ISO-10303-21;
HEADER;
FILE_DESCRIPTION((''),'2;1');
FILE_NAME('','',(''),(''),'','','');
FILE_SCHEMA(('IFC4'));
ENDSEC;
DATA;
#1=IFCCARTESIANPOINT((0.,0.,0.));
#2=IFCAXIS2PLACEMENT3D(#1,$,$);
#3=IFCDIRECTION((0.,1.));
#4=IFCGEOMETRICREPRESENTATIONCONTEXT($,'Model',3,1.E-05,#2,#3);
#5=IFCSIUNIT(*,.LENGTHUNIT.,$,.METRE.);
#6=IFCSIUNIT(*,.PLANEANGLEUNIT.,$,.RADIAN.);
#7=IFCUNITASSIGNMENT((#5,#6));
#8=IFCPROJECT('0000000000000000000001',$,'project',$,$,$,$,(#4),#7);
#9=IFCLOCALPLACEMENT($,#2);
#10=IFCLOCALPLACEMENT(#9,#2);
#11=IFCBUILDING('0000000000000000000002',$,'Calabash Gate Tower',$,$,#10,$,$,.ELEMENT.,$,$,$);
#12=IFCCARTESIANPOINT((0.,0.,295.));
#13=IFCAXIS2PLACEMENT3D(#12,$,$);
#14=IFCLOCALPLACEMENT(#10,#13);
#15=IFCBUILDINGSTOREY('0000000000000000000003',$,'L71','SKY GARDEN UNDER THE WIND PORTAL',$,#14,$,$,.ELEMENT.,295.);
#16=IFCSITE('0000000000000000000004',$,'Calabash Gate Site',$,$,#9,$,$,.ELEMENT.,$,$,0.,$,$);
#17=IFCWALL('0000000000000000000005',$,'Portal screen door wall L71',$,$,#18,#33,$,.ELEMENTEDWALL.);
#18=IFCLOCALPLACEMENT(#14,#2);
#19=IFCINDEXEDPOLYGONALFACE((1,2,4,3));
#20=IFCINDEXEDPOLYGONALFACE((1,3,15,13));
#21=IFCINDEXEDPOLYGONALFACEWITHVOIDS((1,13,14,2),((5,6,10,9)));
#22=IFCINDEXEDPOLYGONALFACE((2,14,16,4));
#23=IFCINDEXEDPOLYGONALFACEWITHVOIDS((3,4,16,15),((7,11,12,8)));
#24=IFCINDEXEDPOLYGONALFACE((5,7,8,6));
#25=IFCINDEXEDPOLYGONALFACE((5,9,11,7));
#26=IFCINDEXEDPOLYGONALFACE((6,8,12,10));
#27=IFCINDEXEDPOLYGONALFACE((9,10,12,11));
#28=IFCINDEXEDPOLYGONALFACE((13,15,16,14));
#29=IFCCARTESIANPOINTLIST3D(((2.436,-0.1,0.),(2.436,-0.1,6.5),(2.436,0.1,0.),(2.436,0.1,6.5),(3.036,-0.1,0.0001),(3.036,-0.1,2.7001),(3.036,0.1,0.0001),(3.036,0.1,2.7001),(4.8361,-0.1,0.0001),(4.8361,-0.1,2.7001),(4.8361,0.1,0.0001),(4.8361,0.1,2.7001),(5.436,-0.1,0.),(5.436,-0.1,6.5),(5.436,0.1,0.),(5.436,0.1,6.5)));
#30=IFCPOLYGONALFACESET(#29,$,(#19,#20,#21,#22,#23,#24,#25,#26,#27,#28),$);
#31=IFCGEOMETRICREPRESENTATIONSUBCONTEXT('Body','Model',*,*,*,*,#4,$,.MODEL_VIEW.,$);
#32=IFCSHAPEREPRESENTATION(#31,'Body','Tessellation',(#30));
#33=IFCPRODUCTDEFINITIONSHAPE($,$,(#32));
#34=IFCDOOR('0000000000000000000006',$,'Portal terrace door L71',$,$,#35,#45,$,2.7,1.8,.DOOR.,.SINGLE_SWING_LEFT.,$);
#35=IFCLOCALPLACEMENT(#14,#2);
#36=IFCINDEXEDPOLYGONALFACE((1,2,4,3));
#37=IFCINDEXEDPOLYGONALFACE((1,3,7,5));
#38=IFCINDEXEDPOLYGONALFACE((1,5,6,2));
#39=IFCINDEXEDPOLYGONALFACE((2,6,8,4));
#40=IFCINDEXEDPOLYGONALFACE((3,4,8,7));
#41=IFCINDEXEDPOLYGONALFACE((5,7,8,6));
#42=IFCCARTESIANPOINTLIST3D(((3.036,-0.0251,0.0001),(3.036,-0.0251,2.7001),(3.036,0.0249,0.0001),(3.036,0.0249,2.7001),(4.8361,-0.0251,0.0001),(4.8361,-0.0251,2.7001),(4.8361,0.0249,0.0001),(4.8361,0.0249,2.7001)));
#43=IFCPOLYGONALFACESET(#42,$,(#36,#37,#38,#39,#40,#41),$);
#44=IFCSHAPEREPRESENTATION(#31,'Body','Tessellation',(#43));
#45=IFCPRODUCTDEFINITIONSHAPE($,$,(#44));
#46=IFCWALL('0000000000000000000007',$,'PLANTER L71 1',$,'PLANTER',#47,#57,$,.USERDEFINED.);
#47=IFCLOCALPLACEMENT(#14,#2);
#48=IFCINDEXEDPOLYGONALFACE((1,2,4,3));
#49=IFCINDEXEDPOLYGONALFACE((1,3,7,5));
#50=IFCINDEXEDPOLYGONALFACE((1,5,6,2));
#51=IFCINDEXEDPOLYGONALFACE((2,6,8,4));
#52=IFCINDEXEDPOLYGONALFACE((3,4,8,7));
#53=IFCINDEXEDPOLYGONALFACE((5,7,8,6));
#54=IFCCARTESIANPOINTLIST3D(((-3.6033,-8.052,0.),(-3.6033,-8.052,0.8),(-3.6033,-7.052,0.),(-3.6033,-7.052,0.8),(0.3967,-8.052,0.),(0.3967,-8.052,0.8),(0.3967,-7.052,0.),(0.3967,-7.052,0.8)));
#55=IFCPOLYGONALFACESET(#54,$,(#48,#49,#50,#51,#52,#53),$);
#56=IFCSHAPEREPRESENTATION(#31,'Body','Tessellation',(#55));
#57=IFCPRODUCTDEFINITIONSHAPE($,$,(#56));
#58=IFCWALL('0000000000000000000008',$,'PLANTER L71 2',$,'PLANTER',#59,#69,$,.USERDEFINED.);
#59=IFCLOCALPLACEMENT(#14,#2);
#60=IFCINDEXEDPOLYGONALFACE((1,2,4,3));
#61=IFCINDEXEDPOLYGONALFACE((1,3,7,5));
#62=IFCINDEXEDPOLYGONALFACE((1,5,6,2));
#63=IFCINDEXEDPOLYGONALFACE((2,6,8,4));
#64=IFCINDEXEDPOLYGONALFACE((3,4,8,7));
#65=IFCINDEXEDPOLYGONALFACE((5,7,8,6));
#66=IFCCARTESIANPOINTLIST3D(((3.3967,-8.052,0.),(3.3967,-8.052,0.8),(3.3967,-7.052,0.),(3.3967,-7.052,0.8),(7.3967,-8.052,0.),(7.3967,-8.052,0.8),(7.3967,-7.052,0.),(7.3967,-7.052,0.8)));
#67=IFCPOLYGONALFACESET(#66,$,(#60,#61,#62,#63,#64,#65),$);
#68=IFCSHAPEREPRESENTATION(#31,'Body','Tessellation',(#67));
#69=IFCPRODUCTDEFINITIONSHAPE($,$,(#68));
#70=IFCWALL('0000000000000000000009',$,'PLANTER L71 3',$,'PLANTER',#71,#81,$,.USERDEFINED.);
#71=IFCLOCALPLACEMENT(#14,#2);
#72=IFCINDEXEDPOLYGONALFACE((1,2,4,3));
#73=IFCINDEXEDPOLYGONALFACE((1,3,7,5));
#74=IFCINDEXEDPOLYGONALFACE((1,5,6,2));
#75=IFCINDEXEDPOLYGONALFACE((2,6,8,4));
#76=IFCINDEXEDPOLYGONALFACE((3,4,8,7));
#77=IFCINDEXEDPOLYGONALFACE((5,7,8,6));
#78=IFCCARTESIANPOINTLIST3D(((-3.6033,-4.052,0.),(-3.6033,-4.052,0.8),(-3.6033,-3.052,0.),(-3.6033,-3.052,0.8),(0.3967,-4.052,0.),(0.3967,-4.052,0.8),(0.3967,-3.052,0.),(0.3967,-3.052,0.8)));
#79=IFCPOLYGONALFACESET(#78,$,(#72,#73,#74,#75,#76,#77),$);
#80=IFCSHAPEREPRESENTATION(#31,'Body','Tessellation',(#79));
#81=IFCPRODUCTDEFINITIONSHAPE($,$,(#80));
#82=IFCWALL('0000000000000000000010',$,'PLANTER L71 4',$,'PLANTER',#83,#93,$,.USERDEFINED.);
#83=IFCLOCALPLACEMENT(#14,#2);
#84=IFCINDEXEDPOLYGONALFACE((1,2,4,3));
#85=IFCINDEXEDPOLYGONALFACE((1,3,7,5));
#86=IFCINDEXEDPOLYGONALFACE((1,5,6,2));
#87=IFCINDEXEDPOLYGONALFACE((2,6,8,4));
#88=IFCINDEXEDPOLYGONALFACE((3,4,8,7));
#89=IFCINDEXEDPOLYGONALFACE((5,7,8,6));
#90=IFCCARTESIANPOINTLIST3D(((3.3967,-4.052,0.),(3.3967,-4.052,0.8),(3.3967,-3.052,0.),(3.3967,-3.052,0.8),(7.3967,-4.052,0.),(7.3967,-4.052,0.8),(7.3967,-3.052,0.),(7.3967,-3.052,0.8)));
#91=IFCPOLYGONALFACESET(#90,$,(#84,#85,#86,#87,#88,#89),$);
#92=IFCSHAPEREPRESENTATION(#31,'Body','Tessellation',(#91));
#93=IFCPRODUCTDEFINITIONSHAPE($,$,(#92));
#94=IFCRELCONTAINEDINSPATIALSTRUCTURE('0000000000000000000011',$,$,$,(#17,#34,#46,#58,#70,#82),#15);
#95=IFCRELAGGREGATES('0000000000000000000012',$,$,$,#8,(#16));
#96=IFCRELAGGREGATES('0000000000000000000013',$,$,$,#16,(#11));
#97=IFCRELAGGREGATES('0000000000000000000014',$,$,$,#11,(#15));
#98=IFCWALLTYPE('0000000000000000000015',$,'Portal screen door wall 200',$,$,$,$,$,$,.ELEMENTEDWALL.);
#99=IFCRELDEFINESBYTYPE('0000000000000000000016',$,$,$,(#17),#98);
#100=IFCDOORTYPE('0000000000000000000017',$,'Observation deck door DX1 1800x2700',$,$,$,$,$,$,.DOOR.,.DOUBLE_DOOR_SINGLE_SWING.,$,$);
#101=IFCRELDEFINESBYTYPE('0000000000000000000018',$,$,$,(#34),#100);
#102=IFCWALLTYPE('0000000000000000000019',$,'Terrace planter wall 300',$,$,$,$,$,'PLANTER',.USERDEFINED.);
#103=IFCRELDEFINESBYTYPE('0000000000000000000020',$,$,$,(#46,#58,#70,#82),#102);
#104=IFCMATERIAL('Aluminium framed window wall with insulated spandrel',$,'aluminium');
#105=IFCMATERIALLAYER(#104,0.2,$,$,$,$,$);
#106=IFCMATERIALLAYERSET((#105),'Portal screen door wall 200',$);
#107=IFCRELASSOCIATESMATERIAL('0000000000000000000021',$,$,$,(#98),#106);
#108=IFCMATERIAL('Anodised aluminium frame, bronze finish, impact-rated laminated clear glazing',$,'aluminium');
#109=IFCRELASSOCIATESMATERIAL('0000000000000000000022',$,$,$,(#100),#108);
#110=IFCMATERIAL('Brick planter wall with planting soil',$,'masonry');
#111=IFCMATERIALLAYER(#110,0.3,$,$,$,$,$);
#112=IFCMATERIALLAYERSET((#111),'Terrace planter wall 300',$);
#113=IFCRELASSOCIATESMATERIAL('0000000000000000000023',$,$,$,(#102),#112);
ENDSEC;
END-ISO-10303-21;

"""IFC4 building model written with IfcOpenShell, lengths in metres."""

from ifc_helpers import new_model, si_unit, direction, frame, frame_2d, origin, place, context, subcontext, project, spatial, polyline, rectangle, outline, extrude, material, layer, layer_set, type_object, element, fill, save


model = new_model("IFC4")

# Units and contexts
model_context = context("Model", 3, precision=1e-05, world=origin(), true_north=direction((0.0, 1.0)))
body_context = subcontext(model_context, "Body", "Model", "MODEL_VIEW")
ifc_project = project(units=[si_unit("LENGTHUNIT", "METRE"), si_unit("PLANEANGLEUNIT", "RADIAN")], contexts=[model_context])

# Site, building, storey
site_placement = place(None, origin())
site = spatial("IfcSite", under=ifc_project, at=site_placement, Name="Calabash Gate Site", CompositionType="ELEMENT", RefElevation=0.0)
building_placement = place(site_placement, origin())
building = spatial("IfcBuilding", under=site, at=building_placement, Name="Calabash Gate Tower", CompositionType="ELEMENT")
storey_placement = place(building_placement, frame((0.0, 0.0, 295.0)))
storey = spatial("IfcBuildingStorey", under=building, at=storey_placement, Name="L71", Description="SKY GARDEN UNDER THE WIND PORTAL", CompositionType="ELEMENT", Elevation=295.0)

# Wall, opening, door
ifc_material_1 = material(Name="Aluminium framed window wall with insulated spandrel", Category="aluminium")
ifc_layer_1 = layer(ifc_material_1, 0.2)
ifc_layer_set_1 = layer_set([ifc_layer_1], Name="Portal screen door wall 200")
wall_type_1 = type_object("IfcWallType", Name="Portal screen door wall 200", PredefinedType="ELEMENTEDWALL", material=ifc_layer_set_1)
wall_1_placement = place(storey_placement, frame((2.436, 0.0, 0.0), z_axis=(0.0, 0.0, 1.0), x_axis=(1.0, 0.0, 0.0)))
wall_1 = element("IfcWall", 1, at=wall_1_placement, inside=storey, type_object=wall_type_1, Name="Portal screen door wall L71", PredefinedType="ELEMENTEDWALL", context=body_context, shape_type="SweptSolid", body=[
    extrude(rectangle(XDim=3.0, YDim=0.2, at=frame_2d((1.5, 0.0))), origin(), (0.0, 0.0, 1.0), 6.5),
])
opening_placement = place(wall_1_placement, frame((0.6001, 0.0, 0.0)))
opening = element("IfcOpeningElement", 2, at=opening_placement, cuts=wall_1, PredefinedType="OPENING", context=body_context, shape_type="SweptSolid", body=[
    extrude(rectangle(XDim=1.8, YDim=2.7, at=frame_2d((0.8999, 1.3501))), frame((0.0, 0.1099, 0.0), z_axis=(0.0, -1.0, 0.0), x_axis=(1.0, 0.0, 0.0)), (0.0, 0.0, 1.0), 0.22),
])
ifc_material_2 = material(Name="Anodised aluminium frame, bronze finish, impact-rated laminated clear glazing", Category="aluminium")
door_type = type_object("IfcDoorType", Name="Observation deck door DX1 1800x2700", OperationType="DOUBLE_DOOR_SINGLE_SWING", PredefinedType="DOOR", material=ifc_material_2)
door_placement = place(opening_placement, origin())
door = element("IfcDoor", 3, at=door_placement, inside=storey, type_object=door_type, Name="Portal terrace door L71", OperationType="SINGLE_SWING_LEFT", OverallHeight=2.7, OverallWidth=1.8, PredefinedType="DOOR", context=body_context, shape_type="SweptSolid", body=[
    extrude(rectangle(XDim=1.8, YDim=2.7, at=frame_2d((0.8999, 1.3501))), frame((0.0, 0.0249, 0.0), z_axis=(0.0, -1.0, 0.0), x_axis=(1.0, 0.0, 0.0)), (0.0, 0.0, 1.0), 0.05),
])
fill(opening, door)

# Walls
ifc_material_3 = material(Name="Brick planter wall with planting soil", Category="masonry")
ifc_layer_2 = layer(ifc_material_3, 0.3)
ifc_layer_set_2 = layer_set([ifc_layer_2], Name="Terrace planter wall 300")
wall_type_2 = type_object("IfcWallType", Name="Terrace planter wall 300", ElementType="PLANTER", PredefinedType="USERDEFINED", material=ifc_layer_set_2)
wall_2_placement = place(storey_placement, origin())
element("IfcWall", 4, at=wall_2_placement, inside=storey, type_object=wall_type_2, Name="PLANTER L71 1", ObjectType="PLANTER", PredefinedType="USERDEFINED", context=body_context, shape_type="SweptSolid", body=[
    extrude(outline(polyline([(0.3967, -8.052), (0.3967, -7.052), (-3.6033, -7.052), (-3.6033, -8.052), (0.3967, -8.052)])), origin(), (0.0, 0.0, 1.0), 0.8),
])
wall_3_placement = place(storey_placement, origin())
element("IfcWall", 5, at=wall_3_placement, inside=storey, type_object=wall_type_2, Name="PLANTER L71 2", ObjectType="PLANTER", PredefinedType="USERDEFINED", context=body_context, shape_type="SweptSolid", body=[
    extrude(outline(polyline([(7.3967, -8.052), (7.3967, -7.052), (3.3967, -7.052), (3.3967, -8.052), (7.3967, -8.052)])), origin(), (0.0, 0.0, 1.0), 0.8),
])
wall_4_placement = place(storey_placement, origin())
element("IfcWall", 6, at=wall_4_placement, inside=storey, type_object=wall_type_2, Name="PLANTER L71 3", ObjectType="PLANTER", PredefinedType="USERDEFINED", context=body_context, shape_type="SweptSolid", body=[
    extrude(outline(polyline([(0.3967, -4.052), (0.3967, -3.052), (-3.6033, -3.052), (-3.6033, -4.052), (0.3967, -4.052)])), origin(), (0.0, 0.0, 1.0), 0.8),
])
wall_5_placement = place(storey_placement, origin())
element("IfcWall", 7, at=wall_5_placement, inside=storey, type_object=wall_type_2, Name="PLANTER L71 4", ObjectType="PLANTER", PredefinedType="USERDEFINED", context=body_context, shape_type="SweptSolid", body=[
    extrude(outline(polyline([(7.3967, -4.052), (7.3967, -3.052), (3.3967, -3.052), (3.3967, -4.052), (7.3967, -4.052)])), origin(), (0.0, 0.0, 1.0), 0.8),
])

save(model, "model.ifc")
